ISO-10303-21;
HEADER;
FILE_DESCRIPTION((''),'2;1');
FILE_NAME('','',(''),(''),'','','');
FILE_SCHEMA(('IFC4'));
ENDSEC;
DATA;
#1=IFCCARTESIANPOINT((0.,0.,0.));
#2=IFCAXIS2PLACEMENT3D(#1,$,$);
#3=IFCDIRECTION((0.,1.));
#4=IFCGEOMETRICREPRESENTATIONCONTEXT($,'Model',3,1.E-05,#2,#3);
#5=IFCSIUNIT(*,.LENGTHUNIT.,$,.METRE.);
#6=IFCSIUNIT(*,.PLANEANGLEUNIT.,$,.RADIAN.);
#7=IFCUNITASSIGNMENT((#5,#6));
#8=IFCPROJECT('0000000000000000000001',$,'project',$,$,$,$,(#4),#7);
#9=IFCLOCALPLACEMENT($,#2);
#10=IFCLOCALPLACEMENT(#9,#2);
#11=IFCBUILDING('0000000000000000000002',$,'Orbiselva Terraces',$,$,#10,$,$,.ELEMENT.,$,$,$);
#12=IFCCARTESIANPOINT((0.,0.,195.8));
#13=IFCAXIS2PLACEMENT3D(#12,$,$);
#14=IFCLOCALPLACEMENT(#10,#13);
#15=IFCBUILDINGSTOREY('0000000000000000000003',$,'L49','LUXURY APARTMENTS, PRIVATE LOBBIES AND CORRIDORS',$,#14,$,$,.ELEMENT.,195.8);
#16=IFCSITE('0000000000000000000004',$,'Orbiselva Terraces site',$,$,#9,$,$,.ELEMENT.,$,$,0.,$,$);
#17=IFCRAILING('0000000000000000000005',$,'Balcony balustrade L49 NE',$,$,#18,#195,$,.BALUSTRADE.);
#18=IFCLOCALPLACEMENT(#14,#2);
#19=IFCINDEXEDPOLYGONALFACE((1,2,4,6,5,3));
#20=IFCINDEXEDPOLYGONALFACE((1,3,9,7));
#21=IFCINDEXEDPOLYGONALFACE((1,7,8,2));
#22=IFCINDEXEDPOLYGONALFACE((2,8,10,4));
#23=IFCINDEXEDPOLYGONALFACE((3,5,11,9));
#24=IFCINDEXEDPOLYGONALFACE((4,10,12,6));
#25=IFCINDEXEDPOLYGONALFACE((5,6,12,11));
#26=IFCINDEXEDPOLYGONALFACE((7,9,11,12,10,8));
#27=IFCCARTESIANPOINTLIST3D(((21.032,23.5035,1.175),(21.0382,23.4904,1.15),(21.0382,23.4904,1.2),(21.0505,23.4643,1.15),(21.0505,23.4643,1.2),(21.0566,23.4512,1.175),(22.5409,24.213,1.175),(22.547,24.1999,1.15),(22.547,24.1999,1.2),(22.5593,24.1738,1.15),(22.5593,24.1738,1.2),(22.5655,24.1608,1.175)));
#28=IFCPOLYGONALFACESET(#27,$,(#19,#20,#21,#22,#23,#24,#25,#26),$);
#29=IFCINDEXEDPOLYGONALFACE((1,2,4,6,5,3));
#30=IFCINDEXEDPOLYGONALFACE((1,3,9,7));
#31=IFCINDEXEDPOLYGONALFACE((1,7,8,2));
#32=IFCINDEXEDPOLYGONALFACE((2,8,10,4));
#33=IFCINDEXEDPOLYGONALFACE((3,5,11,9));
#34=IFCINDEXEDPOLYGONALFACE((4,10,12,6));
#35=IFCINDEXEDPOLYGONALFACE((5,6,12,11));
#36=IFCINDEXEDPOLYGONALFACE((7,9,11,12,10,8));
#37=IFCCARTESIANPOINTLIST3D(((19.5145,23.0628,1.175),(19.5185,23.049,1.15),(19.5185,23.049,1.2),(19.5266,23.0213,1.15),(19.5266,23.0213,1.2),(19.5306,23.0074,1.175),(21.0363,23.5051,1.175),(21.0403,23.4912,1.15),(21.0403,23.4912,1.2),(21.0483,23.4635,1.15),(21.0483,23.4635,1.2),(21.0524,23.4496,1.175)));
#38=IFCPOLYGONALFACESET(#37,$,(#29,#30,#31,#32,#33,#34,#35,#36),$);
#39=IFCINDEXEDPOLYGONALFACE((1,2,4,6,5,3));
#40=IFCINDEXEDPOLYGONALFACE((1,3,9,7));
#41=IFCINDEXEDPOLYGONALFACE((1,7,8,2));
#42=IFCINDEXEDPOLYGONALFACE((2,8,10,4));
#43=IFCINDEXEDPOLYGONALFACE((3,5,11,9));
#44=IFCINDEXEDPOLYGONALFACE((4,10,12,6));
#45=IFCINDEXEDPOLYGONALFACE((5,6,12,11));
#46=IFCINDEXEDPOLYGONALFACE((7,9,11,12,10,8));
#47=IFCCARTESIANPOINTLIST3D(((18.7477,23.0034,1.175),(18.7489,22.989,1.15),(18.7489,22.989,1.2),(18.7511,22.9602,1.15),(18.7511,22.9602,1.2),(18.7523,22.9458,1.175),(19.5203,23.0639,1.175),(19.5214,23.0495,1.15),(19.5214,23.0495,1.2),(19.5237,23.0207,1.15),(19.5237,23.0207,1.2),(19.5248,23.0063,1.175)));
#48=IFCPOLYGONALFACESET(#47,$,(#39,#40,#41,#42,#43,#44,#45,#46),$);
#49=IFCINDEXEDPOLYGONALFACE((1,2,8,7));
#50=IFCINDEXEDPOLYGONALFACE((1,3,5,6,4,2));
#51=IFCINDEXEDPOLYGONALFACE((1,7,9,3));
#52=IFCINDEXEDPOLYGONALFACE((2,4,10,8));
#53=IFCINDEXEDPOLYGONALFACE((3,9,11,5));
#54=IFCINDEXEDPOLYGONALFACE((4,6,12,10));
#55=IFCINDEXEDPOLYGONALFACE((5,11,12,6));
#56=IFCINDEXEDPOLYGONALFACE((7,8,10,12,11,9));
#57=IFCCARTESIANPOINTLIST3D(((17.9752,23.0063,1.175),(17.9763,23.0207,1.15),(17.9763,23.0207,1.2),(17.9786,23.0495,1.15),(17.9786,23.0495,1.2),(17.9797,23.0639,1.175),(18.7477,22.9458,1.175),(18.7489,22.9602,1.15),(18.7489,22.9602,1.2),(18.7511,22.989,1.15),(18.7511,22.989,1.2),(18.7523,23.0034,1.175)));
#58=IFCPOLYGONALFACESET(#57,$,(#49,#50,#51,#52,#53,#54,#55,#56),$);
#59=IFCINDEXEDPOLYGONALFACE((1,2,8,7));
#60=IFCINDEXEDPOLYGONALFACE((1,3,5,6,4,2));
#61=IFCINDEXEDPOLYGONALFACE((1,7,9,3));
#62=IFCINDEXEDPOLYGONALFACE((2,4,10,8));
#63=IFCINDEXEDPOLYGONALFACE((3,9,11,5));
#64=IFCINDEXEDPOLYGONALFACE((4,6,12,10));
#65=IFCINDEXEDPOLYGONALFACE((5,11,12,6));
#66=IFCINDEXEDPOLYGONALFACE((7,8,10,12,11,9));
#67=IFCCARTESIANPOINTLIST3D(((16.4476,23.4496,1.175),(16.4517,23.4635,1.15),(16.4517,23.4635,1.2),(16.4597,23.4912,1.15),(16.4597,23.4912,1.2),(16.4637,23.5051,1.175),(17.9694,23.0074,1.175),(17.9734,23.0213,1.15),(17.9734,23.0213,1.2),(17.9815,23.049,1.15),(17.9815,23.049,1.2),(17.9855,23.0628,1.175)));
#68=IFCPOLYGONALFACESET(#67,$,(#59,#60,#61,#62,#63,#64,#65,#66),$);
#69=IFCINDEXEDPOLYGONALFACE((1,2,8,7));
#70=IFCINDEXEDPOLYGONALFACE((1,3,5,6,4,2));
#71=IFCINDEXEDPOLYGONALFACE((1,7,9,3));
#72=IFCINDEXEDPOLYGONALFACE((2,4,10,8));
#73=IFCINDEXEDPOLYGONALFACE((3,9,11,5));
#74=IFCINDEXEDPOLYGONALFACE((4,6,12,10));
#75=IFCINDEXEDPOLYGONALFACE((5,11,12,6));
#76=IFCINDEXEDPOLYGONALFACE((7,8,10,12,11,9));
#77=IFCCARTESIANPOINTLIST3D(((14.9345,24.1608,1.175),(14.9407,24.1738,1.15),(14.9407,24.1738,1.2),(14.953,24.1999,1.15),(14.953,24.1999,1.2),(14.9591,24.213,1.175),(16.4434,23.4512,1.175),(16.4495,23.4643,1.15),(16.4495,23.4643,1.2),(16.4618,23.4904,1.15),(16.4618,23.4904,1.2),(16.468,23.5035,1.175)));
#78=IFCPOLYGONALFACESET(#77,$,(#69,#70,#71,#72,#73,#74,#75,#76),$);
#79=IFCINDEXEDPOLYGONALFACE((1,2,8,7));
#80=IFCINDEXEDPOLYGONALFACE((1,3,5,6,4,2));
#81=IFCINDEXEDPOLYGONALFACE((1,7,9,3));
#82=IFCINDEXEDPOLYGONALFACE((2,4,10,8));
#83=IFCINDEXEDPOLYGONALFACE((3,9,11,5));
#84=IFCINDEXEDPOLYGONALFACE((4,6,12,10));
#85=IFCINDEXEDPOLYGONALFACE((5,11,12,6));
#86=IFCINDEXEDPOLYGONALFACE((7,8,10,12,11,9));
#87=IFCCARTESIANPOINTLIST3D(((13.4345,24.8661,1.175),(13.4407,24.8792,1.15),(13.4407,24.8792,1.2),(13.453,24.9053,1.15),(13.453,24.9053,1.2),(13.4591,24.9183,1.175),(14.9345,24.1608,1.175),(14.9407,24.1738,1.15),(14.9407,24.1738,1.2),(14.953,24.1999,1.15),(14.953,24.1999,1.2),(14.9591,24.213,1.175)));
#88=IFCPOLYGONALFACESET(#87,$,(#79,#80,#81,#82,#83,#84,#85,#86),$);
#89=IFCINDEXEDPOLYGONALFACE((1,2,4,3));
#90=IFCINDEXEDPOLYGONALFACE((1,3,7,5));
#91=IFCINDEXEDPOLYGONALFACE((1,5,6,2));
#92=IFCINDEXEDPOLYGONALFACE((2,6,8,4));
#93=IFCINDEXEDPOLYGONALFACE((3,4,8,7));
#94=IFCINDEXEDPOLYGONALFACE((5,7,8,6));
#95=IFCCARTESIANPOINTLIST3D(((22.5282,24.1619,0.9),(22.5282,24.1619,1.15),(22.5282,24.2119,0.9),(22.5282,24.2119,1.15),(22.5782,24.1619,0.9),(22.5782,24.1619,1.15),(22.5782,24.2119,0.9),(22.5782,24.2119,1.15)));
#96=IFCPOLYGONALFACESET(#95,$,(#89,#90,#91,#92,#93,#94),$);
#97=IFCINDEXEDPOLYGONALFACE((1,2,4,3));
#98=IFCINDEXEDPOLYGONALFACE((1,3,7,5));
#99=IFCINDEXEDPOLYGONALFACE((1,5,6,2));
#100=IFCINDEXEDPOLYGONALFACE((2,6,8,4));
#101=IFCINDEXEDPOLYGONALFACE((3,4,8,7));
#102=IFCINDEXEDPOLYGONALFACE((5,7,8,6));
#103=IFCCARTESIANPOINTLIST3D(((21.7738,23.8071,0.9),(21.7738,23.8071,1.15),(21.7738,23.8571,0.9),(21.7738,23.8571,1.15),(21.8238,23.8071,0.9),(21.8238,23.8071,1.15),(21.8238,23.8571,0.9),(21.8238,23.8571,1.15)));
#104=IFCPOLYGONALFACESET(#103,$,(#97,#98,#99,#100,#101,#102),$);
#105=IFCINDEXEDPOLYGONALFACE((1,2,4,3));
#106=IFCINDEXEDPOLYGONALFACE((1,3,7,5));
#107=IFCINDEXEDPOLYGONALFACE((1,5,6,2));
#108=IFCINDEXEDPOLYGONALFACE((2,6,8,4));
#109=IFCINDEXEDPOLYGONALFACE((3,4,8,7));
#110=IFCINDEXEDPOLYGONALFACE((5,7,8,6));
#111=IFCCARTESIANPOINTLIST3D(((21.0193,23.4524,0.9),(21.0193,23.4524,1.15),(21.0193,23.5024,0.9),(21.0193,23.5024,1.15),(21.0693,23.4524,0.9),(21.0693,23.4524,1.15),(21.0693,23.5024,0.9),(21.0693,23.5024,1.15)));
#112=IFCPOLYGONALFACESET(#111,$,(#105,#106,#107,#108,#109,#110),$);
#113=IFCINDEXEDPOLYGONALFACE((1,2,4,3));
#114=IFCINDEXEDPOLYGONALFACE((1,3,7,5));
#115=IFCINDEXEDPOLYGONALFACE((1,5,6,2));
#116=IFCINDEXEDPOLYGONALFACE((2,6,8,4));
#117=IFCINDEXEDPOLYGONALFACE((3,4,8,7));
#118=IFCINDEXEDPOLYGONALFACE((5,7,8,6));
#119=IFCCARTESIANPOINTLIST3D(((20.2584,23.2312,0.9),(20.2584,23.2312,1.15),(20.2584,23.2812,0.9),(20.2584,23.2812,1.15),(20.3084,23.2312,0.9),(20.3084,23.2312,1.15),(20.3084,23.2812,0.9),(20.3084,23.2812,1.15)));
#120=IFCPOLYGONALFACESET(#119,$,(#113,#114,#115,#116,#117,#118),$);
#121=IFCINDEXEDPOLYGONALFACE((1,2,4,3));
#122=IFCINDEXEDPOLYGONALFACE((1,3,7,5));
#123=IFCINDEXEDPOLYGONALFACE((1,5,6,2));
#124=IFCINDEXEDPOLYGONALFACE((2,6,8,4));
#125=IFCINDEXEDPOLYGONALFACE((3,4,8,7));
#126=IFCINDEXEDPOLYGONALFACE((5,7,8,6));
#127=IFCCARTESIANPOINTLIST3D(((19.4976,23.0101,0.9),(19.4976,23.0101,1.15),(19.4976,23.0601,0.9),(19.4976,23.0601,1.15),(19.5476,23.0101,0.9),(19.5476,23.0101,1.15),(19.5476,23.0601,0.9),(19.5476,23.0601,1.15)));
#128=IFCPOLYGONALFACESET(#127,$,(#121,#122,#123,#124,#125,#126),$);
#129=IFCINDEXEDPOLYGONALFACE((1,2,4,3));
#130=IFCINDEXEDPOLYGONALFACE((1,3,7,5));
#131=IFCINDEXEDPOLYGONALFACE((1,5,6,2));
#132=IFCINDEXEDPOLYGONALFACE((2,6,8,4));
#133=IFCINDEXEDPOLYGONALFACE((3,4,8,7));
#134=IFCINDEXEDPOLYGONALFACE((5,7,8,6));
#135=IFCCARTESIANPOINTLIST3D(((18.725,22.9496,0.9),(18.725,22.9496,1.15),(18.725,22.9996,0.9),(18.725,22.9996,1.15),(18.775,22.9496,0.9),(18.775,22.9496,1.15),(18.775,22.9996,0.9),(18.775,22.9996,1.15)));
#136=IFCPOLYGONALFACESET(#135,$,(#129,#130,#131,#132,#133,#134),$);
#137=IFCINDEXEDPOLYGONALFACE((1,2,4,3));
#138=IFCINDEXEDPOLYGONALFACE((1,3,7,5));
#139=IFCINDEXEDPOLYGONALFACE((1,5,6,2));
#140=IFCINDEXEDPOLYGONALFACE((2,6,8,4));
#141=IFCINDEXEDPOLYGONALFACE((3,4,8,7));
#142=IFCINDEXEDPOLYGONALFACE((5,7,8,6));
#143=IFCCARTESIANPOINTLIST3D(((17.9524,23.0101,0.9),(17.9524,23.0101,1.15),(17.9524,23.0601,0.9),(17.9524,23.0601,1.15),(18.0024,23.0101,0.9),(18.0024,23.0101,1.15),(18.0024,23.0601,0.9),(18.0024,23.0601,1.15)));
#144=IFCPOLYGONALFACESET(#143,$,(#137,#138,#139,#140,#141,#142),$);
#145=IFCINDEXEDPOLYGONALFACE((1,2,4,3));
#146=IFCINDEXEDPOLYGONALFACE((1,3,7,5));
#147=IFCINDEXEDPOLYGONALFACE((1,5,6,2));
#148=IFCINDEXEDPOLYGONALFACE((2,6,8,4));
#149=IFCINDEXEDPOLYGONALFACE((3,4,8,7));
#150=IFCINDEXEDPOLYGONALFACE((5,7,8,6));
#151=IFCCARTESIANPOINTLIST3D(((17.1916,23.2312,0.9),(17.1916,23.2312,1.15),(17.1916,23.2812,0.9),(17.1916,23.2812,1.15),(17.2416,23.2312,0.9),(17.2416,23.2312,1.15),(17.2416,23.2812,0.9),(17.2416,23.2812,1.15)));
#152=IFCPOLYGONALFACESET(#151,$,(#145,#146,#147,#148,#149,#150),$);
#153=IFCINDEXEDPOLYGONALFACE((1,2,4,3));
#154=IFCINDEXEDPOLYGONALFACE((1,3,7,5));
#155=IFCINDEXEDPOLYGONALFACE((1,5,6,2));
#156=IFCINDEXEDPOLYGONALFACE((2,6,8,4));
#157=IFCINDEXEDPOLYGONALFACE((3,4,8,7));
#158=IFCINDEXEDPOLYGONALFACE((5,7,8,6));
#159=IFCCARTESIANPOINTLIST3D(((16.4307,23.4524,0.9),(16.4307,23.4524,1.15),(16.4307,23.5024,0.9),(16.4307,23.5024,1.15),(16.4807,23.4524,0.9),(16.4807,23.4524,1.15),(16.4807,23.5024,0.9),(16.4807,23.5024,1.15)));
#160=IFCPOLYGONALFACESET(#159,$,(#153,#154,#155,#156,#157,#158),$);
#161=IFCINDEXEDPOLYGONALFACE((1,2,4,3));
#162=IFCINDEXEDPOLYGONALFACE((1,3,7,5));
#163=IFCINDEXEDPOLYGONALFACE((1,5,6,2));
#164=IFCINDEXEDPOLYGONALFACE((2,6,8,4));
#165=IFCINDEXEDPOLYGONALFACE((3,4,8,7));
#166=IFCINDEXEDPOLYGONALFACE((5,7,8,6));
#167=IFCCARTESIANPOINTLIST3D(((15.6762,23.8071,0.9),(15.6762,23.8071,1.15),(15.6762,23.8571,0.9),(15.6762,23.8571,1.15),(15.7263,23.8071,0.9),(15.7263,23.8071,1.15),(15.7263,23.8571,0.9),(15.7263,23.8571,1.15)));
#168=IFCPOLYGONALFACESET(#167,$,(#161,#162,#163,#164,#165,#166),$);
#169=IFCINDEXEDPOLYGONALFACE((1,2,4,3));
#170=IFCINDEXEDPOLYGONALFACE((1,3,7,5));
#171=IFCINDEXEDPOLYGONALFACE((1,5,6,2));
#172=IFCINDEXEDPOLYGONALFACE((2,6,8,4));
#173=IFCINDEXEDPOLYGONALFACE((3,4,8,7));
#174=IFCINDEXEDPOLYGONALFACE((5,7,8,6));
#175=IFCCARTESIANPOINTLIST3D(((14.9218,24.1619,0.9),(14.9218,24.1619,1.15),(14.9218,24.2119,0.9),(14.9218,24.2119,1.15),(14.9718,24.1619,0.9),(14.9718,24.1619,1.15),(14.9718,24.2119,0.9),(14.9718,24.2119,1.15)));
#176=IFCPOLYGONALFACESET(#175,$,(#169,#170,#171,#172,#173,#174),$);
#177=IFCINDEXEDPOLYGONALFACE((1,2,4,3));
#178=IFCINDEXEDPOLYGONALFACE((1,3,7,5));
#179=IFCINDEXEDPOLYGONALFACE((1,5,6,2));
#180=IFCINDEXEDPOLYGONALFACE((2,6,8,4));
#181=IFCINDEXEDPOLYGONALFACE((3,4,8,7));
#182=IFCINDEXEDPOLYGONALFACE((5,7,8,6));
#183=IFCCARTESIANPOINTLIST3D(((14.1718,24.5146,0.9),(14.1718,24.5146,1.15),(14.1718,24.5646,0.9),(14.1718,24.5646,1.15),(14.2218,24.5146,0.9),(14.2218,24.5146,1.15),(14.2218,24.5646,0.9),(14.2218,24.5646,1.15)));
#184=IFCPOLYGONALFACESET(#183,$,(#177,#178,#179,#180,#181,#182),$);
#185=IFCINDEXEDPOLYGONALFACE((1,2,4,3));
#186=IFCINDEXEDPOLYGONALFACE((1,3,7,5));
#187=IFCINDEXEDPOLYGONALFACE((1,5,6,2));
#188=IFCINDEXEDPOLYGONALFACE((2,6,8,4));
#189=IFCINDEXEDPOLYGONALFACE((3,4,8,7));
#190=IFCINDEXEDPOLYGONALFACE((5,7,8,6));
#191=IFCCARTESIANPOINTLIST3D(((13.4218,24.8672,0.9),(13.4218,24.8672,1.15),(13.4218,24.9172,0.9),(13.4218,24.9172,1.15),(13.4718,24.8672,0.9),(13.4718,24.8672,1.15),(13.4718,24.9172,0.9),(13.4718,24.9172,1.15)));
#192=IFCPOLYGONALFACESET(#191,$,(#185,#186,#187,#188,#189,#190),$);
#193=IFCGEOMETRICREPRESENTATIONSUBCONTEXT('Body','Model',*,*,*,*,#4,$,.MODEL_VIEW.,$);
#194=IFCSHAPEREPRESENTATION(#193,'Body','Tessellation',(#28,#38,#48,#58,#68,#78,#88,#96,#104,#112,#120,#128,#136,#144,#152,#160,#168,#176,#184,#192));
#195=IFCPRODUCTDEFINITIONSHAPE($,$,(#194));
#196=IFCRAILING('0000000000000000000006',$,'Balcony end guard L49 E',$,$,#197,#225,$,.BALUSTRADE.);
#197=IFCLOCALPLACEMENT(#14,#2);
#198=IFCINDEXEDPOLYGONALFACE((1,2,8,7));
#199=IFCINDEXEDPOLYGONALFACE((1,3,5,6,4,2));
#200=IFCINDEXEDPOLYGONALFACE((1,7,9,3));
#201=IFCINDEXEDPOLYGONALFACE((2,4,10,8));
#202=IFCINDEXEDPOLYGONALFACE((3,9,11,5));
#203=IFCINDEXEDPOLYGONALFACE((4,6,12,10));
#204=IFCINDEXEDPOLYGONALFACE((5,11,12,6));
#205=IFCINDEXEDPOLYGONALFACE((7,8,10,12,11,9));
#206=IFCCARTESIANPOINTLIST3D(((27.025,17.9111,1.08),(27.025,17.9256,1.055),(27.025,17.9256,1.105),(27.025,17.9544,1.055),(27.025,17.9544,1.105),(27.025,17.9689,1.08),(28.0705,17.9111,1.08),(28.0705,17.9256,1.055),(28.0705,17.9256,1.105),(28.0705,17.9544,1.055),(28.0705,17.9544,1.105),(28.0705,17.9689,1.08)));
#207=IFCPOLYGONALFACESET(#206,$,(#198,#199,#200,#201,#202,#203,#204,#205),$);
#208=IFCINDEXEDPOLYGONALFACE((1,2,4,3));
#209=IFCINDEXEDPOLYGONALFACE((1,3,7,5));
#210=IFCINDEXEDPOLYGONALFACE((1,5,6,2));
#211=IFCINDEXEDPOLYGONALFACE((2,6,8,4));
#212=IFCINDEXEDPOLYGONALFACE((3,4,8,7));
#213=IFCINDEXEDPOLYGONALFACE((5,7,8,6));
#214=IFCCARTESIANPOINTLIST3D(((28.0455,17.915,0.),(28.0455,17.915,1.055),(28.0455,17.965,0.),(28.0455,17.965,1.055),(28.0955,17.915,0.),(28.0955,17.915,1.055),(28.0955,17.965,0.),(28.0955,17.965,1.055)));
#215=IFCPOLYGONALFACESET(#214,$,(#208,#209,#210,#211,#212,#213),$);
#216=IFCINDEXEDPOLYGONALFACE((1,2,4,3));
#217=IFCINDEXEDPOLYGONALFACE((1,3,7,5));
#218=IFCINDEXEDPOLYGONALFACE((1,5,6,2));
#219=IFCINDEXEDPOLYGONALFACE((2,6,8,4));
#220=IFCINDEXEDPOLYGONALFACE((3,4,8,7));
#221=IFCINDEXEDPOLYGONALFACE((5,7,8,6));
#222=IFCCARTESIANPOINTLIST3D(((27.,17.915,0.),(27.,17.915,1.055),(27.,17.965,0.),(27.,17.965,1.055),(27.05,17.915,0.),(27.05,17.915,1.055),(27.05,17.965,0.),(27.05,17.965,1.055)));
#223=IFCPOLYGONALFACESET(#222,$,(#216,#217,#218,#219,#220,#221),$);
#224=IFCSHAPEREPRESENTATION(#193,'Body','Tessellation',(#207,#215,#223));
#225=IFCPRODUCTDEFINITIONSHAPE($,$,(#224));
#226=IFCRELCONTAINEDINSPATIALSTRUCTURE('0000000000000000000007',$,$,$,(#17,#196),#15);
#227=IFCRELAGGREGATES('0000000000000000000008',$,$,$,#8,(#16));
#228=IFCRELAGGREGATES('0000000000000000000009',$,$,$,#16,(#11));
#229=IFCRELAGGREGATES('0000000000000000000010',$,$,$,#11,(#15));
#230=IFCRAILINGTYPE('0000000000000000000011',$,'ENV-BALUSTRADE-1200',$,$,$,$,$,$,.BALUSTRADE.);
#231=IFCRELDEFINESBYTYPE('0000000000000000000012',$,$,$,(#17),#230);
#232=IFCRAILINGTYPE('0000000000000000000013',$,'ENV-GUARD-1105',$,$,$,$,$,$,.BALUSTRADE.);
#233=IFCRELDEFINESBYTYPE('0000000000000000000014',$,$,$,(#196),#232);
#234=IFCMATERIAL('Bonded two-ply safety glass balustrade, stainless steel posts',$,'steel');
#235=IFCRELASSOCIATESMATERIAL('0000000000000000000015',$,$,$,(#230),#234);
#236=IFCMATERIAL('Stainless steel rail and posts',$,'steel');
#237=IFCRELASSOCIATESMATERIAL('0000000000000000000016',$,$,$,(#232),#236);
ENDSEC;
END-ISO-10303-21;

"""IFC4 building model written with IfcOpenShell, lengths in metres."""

from ifc_helpers import new_model, si_unit, direction, frame, origin, origin_2d, place, context, subcontext, project, spatial, polyline, rectangle, outline, extrude, material, type_object, element, save


model = new_model("IFC4")

# Units and contexts
model_context = context("Model", 3, precision=1e-05, world=origin(), true_north=direction((0.0, 1.0)))
body_context = subcontext(model_context, "Body", "Model", "MODEL_VIEW")
ifc_project = project(units=[si_unit("LENGTHUNIT", "METRE"), si_unit("PLANEANGLEUNIT", "RADIAN")], contexts=[model_context])

# Site, building, storey
site_placement = place(None, origin())
site = spatial("IfcSite", under=ifc_project, at=site_placement, Name="Orbiselva Terraces site", CompositionType="ELEMENT", RefElevation=0.0)
building_placement = place(site_placement, origin())
building = spatial("IfcBuilding", under=site, at=building_placement, Name="Orbiselva Terraces", CompositionType="ELEMENT")
storey_placement = place(building_placement, frame((0.0, 0.0, 195.8)))
storey = spatial("IfcBuildingStorey", under=building, at=storey_placement, Name="L49", Description="LUXURY APARTMENTS, PRIVATE LOBBIES AND CORRIDORS", CompositionType="ELEMENT", Elevation=195.8)

# Railings
ifc_material_1 = material(Name="Bonded two-ply safety glass balustrade, stainless steel posts", Category="steel")
railing_type_1 = type_object("IfcRailingType", Name="ENV-BALUSTRADE-1200", PredefinedType="BALUSTRADE", material=ifc_material_1)
railing_1_placement = place(storey_placement, frame((22.5532, 24.1869, 0.9)))
element("IfcRailing", 1, at=railing_1_placement, inside=storey, type_object=railing_type_1, Name="Balcony balustrade L49 NE", PredefinedType="BALUSTRADE", context=body_context, shape_type="SweptSolid", body=[
    extrude(outline(polyline([(0.0289, 0.0), (0.0144, 0.025), (-0.0144, 0.025), (-0.0289, 0.0), (-0.0144, -0.025), (0.0144, -0.025), (0.0289, 0.0)])), frame((0.0, 0.0, 0.275), z_axis=(-0.904944, -0.42553, 0.0), x_axis=(0.42553, -0.904944, 0.0)), (0.0, 0.0, 1.0), 1.6674),
    extrude(outline(polyline([(0.0289, 0.0), (0.0144, 0.025), (-0.0144, 0.025), (-0.0289, 0.0), (-0.0144, -0.025), (0.0144, -0.025), (0.0289, 0.0)])), frame((-1.5089, -0.7095, 0.275), z_axis=(-0.96027, -0.279071, 0.0), x_axis=(0.279071, -0.96027, 0.0)), (0.0, 0.0, 1.0), 1.5847),
    extrude(outline(polyline([(0.0289, 0.0), (0.0144, 0.025), (-0.0144, 0.025), (-0.0289, 0.0), (-0.0144, -0.025), (0.0144, -0.025), (0.0289, 0.0)])), frame((-3.0306, -1.1518, 0.275), z_axis=(-0.996948, -0.078071, 0.0), x_axis=(0.078071, -0.996948, 0.0)), (0.0, 0.0, 1.0), 0.7749),
    extrude(outline(polyline([(0.0289, 0.0), (0.0144, 0.025), (-0.0144, 0.025), (-0.0289, 0.0), (-0.0144, -0.025), (0.0144, -0.025), (0.0289, 0.0)])), frame((-3.8032, -1.2123, 0.275), z_axis=(-0.996948, 0.078071, 0.0), x_axis=(-0.078071, -0.996948, 0.0)), (0.0, 0.0, 1.0), 0.7749),
    extrude(outline(polyline([(0.0289, 0.0), (0.0144, 0.025), (-0.0144, 0.025), (-0.0289, 0.0), (-0.0144, -0.025), (0.0144, -0.025), (0.0289, 0.0)])), frame((-4.5757, -1.1518, 0.275), z_axis=(-0.96027, 0.279071, 0.0), x_axis=(-0.279071, -0.96027, 0.0)), (0.0, 0.0, 1.0), 1.5847),
    extrude(outline(polyline([(0.0289, 0.0), (0.0144, 0.025), (-0.0144, 0.025), (-0.0289, 0.0), (-0.0144, -0.025), (0.0144, -0.025), (0.0289, 0.0)])), frame((-6.0975, -0.7095, 0.275), z_axis=(-0.904944, 0.42553, 0.0), x_axis=(-0.42553, -0.904944, 0.0)), (0.0, 0.0, 1.0), 1.6674),
    extrude(outline(polyline([(0.0289, 0.0), (0.0144, 0.025), (-0.0144, 0.025), (-0.0289, 0.0), (-0.0144, -0.025), (0.0144, -0.025), (0.0289, 0.0)])), frame((-7.6064, 0.0, 0.275), z_axis=(-0.904944, 0.42553, 0.0), x_axis=(-0.42553, -0.904944, 0.0)), (0.0, 0.0, 1.0), 1.6576),
    extrude(rectangle(XDim=0.05, YDim=0.05, at=origin_2d()), origin(), (0.0, 0.0, 1.0), 0.25),
    extrude(rectangle(XDim=0.05, YDim=0.05, at=origin_2d()), frame((-0.7544, -0.3548, 0.0)), (0.0, 0.0, 1.0), 0.25),
    extrude(rectangle(XDim=0.05, YDim=0.05, at=origin_2d()), frame((-1.5089, -0.7095, 0.0)), (0.0, 0.0, 1.0), 0.25),
    extrude(rectangle(XDim=0.05, YDim=0.05, at=origin_2d()), frame((-2.2698, -0.9306, 0.0)), (0.0, 0.0, 1.0), 0.25),
    extrude(rectangle(XDim=0.05, YDim=0.05, at=origin_2d()), frame((-3.0306, -1.1518, 0.0)), (0.0, 0.0, 1.0), 0.25),
    extrude(rectangle(XDim=0.05, YDim=0.05, at=origin_2d()), frame((-3.8032, -1.2123, 0.0)), (0.0, 0.0, 1.0), 0.25),
    extrude(rectangle(XDim=0.05, YDim=0.05, at=origin_2d()), frame((-4.5757, -1.1518, 0.0)), (0.0, 0.0, 1.0), 0.25),
    extrude(rectangle(XDim=0.05, YDim=0.05, at=origin_2d()), frame((-5.3366, -0.9306, 0.0)), (0.0, 0.0, 1.0), 0.25),
    extrude(rectangle(XDim=0.05, YDim=0.05, at=origin_2d()), frame((-6.0975, -0.7095, 0.0)), (0.0, 0.0, 1.0), 0.25),
    extrude(rectangle(XDim=0.05, YDim=0.05, at=origin_2d()), frame((-6.8519, -0.3548, 0.0)), (0.0, 0.0, 1.0), 0.25),
    extrude(rectangle(XDim=0.05, YDim=0.05, at=origin_2d()), frame((-7.6064, 0.0, 0.0)), (0.0, 0.0, 1.0), 0.25),
    extrude(rectangle(XDim=0.05, YDim=0.05, at=origin_2d()), frame((-8.3564, 0.3527, 0.0)), (0.0, 0.0, 1.0), 0.25),
    extrude(rectangle(XDim=0.05, YDim=0.05, at=origin_2d()), frame((-9.1064, 0.7053, 0.0)), (0.0, 0.0, 1.0), 0.25),
])
ifc_material_2 = material(Name="Stainless steel rail and posts", Category="steel")
railing_type_2 = type_object("IfcRailingType", Name="ENV-GUARD-1105", PredefinedType="BALUSTRADE", material=ifc_material_2)
railing_2_placement = place(storey_placement, frame((28.0705, 17.94, 0.0)))
element("IfcRailing", 2, at=railing_2_placement, inside=storey, type_object=railing_type_2, Name="Balcony end guard L49 E", PredefinedType="BALUSTRADE", context=body_context, shape_type="SweptSolid", body=[
    extrude(outline(polyline([(0.0289, 0.0), (0.0144, 0.025), (-0.0144, 0.025), (-0.0289, 0.0), (-0.0144, -0.025), (0.0144, -0.025), (0.0289, 0.0)])), frame((0.0, 0.0, 1.08), z_axis=(-1.0, 0.0, 0.0), x_axis=(0.0, -1.0, 0.0)), (0.0, 0.0, 1.0), 1.0455),
    extrude(rectangle(XDim=0.05, YDim=0.05, at=origin_2d()), origin(), (0.0, 0.0, 1.0), 1.055),
    extrude(rectangle(XDim=0.05, YDim=0.05, at=origin_2d()), frame((-1.0455, 0.0, 0.0)), (0.0, 0.0, 1.0), 1.055),
])

save(model, "model.ifc")
